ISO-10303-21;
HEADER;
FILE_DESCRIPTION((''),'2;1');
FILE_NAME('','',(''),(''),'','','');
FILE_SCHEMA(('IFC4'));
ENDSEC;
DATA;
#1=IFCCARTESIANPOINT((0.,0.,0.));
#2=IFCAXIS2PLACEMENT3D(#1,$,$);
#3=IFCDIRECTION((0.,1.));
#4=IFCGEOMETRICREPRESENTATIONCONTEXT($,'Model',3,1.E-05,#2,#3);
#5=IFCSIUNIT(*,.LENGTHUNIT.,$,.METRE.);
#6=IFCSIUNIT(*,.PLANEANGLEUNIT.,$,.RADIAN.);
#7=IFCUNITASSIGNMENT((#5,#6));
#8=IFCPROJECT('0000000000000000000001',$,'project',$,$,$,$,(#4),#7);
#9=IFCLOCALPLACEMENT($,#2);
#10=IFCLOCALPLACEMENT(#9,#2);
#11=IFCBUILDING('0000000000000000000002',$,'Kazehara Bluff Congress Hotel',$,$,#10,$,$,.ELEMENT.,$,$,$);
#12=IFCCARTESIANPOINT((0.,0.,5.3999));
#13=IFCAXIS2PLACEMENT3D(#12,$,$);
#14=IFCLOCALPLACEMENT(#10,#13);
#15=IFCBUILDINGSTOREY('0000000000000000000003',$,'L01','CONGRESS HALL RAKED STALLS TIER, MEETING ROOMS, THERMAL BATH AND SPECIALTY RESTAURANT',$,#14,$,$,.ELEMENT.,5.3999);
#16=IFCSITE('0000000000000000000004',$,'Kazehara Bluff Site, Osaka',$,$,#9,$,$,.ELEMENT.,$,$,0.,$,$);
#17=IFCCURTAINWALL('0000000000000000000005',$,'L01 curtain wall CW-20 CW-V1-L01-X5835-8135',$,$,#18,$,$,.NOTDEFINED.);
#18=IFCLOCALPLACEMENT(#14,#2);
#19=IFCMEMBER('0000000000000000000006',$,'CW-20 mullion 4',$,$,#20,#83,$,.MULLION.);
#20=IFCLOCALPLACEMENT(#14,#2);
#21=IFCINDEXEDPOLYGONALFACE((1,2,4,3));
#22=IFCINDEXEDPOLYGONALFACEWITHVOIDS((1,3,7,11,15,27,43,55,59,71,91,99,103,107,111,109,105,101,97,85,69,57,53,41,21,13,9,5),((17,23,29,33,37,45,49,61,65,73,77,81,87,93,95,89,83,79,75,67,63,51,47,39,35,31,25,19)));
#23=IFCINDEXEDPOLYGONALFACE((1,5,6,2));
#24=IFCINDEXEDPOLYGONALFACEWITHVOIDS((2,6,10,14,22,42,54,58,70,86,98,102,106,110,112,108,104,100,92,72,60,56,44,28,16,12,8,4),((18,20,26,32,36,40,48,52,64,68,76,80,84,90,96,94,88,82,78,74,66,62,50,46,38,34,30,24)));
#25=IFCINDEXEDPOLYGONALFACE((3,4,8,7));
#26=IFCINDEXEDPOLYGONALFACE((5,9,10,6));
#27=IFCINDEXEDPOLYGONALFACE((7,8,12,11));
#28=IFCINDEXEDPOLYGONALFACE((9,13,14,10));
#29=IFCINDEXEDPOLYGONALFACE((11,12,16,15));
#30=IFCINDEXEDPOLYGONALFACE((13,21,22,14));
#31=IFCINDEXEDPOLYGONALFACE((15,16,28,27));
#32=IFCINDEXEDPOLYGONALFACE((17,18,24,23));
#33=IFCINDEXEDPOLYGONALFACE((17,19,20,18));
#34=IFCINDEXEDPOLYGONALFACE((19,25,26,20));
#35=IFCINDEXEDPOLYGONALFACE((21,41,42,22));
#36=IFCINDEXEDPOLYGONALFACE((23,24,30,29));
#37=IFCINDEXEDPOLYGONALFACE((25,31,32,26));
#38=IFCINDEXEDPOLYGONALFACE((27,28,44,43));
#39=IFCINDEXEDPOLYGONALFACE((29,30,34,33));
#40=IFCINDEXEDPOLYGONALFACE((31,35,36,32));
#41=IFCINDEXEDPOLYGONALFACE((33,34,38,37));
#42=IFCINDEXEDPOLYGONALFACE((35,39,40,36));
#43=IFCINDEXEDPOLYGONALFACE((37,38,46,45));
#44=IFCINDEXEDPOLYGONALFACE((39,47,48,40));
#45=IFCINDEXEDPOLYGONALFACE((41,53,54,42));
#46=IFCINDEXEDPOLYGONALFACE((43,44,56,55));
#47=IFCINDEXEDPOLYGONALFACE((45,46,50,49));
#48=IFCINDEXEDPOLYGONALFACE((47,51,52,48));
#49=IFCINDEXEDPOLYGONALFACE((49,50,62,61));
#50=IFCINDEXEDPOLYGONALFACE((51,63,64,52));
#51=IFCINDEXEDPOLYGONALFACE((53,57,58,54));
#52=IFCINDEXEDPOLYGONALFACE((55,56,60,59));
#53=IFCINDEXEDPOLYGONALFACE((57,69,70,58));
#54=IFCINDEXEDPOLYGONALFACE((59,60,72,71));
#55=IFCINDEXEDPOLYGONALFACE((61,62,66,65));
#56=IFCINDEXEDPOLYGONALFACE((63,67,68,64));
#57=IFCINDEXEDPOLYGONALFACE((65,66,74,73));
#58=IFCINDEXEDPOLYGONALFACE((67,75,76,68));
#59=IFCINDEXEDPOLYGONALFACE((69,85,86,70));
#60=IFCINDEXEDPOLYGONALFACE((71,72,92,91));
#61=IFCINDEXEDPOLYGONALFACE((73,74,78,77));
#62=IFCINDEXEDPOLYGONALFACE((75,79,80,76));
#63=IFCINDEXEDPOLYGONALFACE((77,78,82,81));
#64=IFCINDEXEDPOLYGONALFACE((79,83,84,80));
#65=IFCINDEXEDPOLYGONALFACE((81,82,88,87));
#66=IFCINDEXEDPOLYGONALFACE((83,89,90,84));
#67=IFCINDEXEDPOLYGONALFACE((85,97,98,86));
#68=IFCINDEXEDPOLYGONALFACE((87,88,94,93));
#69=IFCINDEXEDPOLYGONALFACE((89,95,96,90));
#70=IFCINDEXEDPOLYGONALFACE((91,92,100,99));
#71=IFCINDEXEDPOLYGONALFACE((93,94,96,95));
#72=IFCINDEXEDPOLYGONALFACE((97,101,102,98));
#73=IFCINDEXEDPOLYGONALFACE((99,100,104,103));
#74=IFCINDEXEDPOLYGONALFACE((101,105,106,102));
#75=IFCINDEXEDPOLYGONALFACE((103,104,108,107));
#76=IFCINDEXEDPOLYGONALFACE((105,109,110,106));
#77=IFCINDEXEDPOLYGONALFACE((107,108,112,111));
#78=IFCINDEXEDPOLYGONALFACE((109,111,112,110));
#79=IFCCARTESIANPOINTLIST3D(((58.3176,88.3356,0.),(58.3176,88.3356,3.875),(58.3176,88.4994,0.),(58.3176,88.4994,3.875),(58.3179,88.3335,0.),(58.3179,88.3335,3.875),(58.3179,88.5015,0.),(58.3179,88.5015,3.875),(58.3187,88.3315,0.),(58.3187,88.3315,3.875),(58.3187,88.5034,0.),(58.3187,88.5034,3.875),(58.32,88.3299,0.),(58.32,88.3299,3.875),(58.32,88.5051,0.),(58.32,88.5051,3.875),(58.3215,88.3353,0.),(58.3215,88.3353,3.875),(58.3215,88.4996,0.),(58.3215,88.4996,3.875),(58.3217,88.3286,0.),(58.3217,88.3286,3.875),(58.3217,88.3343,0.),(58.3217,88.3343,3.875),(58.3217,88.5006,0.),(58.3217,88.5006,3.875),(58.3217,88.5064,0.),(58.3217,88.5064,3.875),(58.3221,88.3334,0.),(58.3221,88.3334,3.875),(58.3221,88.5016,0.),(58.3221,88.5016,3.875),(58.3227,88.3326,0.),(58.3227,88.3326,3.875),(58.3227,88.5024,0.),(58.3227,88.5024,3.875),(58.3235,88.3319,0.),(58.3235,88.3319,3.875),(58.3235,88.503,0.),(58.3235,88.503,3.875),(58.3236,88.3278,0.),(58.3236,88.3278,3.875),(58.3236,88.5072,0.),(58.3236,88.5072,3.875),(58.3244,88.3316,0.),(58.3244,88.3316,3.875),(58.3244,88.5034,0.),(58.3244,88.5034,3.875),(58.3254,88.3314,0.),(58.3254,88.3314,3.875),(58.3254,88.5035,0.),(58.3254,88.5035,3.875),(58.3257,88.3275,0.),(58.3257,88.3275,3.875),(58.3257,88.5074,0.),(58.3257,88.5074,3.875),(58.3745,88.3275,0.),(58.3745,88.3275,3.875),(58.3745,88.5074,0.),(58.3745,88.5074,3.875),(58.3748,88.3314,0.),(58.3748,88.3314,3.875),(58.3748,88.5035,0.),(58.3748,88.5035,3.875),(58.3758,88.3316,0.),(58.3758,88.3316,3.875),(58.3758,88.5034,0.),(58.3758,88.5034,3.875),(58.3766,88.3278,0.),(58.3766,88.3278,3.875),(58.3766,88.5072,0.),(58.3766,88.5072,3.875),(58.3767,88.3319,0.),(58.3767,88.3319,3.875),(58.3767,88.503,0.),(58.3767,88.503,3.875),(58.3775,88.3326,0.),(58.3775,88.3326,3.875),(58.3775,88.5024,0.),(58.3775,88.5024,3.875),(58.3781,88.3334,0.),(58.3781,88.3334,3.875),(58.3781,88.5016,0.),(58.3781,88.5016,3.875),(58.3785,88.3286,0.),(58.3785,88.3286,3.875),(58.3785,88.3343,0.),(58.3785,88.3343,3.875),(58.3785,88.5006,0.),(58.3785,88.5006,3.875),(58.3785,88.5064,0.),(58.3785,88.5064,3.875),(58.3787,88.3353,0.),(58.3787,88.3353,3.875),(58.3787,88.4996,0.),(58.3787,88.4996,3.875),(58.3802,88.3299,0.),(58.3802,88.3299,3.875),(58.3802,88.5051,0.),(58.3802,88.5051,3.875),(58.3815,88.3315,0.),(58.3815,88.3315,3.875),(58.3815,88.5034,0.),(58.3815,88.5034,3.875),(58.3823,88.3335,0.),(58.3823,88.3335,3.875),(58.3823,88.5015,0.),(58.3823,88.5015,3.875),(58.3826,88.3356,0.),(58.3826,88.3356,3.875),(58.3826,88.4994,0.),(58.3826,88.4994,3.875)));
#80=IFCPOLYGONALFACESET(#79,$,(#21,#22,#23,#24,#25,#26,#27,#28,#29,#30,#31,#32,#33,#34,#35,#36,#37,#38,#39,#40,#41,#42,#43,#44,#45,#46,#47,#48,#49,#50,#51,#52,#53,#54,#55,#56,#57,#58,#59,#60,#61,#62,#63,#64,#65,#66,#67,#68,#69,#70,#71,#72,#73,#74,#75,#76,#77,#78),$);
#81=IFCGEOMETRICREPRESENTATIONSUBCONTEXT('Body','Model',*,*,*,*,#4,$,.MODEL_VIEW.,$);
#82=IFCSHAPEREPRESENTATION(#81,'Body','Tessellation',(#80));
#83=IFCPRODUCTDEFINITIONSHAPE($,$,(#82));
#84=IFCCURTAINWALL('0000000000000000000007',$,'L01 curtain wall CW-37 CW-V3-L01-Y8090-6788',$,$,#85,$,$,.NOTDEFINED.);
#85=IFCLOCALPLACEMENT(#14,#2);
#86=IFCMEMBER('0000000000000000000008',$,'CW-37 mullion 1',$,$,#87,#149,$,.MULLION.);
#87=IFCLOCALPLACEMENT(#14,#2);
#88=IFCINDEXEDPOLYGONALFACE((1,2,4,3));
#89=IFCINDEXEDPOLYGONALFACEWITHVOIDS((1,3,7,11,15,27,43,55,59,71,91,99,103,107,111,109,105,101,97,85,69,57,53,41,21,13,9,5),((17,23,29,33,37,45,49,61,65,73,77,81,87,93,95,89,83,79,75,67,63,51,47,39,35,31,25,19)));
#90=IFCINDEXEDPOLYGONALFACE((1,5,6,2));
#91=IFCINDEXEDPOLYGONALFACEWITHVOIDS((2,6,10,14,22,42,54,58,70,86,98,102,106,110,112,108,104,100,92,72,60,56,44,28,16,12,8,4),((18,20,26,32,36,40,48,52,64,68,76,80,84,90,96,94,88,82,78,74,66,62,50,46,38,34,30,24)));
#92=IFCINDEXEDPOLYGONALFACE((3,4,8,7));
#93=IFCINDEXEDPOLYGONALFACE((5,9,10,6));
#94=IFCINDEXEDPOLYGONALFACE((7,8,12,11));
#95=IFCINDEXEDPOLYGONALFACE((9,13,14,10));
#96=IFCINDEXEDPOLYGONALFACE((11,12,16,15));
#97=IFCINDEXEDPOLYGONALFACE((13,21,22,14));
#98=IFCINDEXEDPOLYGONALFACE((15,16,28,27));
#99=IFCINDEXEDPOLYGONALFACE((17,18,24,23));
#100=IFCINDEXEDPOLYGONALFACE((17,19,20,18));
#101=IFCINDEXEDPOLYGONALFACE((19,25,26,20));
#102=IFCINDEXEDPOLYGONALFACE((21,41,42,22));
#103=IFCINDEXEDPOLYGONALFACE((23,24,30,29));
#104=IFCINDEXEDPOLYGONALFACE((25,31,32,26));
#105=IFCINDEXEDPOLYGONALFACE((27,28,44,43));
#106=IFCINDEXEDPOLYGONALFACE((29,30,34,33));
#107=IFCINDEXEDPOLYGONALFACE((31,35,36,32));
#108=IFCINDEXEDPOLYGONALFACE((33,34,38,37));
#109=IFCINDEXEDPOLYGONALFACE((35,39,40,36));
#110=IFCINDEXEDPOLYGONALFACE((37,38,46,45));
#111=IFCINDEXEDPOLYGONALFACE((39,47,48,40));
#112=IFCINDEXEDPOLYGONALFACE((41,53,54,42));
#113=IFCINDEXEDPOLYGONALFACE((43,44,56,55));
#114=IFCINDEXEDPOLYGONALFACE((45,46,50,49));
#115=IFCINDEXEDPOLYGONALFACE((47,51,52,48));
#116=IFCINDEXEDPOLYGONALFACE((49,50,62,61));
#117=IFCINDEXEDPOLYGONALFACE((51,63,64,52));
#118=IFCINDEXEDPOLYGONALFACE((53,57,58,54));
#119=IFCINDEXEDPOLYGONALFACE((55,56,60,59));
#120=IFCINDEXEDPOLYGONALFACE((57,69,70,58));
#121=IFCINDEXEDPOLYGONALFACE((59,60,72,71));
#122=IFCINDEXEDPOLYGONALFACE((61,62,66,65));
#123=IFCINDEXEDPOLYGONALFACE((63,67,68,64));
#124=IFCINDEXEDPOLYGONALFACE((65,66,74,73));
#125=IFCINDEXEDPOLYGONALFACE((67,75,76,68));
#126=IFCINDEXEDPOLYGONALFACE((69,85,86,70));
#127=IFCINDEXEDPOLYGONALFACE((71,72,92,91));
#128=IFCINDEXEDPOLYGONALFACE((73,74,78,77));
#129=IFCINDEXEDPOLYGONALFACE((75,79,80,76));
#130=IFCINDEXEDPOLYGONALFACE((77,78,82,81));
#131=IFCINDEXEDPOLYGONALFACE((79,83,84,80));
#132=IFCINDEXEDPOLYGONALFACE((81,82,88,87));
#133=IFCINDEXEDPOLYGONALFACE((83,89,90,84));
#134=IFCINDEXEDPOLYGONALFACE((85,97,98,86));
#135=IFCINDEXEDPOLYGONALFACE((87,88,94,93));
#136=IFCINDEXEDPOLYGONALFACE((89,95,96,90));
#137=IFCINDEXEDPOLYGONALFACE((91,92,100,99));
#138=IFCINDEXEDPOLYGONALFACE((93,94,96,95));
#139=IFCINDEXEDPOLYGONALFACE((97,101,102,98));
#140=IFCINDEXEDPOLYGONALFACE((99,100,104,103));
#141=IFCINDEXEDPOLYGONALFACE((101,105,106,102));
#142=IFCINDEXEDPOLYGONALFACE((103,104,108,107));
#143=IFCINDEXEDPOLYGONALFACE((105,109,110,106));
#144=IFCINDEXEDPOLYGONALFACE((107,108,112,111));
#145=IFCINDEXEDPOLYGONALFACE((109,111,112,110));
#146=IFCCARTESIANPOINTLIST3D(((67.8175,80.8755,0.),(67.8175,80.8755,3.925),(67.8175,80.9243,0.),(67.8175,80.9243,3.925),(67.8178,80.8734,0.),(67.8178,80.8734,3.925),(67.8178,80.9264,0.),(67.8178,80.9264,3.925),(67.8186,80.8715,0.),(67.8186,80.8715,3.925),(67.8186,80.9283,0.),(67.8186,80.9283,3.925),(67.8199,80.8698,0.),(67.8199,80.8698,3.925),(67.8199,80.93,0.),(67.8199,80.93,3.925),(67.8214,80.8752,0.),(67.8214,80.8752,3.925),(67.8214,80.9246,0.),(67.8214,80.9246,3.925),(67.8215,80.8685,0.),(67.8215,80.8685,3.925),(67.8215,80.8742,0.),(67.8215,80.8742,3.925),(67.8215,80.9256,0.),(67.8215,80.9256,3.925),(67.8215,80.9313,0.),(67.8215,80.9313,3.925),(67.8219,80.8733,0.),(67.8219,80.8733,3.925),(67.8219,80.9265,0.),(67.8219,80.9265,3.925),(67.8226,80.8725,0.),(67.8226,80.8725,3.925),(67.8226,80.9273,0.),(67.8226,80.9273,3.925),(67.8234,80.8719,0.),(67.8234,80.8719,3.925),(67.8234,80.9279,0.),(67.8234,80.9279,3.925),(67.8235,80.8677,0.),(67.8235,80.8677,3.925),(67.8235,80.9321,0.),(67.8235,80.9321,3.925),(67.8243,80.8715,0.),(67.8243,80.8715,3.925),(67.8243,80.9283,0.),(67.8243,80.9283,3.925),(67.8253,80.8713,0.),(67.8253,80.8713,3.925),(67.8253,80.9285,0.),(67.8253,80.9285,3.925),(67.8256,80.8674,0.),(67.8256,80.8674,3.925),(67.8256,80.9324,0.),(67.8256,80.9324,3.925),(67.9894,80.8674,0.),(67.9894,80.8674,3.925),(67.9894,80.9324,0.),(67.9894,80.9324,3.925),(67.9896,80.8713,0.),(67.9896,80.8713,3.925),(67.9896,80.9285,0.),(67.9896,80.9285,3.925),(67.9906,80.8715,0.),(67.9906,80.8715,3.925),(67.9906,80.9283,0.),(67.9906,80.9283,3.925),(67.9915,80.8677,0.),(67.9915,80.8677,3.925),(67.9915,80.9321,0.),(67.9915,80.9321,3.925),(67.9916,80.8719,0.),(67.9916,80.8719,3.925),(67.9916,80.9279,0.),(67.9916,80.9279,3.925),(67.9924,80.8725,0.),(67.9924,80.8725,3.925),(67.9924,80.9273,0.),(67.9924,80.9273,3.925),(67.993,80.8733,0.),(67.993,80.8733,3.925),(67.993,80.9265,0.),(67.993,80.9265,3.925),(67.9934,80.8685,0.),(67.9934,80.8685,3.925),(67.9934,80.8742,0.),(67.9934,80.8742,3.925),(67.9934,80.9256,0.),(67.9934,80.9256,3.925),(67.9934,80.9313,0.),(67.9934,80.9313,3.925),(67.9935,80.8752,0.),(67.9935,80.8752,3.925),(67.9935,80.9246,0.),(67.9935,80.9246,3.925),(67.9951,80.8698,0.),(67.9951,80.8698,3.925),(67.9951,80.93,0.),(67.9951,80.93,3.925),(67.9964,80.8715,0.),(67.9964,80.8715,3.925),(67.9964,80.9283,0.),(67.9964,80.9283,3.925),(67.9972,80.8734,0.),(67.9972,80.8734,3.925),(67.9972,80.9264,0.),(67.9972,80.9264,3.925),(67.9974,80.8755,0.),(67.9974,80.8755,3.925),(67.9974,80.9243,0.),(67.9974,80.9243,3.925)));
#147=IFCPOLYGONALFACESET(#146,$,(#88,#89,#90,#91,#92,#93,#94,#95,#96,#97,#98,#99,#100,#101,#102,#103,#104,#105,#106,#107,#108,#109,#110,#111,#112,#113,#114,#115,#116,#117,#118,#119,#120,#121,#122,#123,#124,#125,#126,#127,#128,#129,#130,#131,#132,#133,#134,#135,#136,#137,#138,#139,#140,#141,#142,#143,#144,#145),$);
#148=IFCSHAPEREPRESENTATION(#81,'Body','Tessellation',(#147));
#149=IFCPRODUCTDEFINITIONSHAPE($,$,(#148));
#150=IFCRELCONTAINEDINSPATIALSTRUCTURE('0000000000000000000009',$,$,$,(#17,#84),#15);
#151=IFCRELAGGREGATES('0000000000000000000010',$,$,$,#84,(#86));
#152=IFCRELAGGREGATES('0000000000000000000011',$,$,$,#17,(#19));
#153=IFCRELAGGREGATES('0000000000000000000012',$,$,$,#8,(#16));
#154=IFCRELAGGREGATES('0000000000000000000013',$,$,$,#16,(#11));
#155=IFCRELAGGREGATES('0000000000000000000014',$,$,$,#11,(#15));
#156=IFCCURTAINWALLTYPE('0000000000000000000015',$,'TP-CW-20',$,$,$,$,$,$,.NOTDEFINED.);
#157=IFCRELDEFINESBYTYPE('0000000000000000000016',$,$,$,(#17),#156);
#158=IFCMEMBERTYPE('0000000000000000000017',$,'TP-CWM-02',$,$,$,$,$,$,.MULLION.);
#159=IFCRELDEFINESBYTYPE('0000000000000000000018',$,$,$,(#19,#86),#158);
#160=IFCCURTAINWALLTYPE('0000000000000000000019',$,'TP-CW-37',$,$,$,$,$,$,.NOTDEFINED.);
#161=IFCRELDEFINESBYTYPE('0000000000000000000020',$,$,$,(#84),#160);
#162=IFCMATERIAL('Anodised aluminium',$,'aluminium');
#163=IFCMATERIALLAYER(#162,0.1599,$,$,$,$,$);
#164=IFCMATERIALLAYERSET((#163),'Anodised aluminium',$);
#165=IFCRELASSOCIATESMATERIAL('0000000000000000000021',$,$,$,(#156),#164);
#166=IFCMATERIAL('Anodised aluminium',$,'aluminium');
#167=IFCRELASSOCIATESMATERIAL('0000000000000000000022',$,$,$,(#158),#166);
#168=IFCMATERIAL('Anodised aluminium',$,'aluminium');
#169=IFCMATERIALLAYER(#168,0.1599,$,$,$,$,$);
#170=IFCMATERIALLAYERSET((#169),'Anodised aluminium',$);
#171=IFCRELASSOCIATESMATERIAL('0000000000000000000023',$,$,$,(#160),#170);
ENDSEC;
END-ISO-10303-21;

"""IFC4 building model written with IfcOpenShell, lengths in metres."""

from ifc_helpers import new_model, si_unit, direction, frame, origin, origin_2d, place, context, subcontext, project, spatial, hollow_rectangle, extrude, material, layer, layer_set, material_profile, profile_set, type_object, element, aggregate, save


model = new_model("IFC4")

# Units and contexts
model_context = context("Model", 3, precision=1e-05, world=origin(), true_north=direction((0.0, 1.0)))
body_context = subcontext(model_context, "Body", "Model", "MODEL_VIEW")
ifc_project = project(units=[si_unit("LENGTHUNIT", "METRE"), si_unit("PLANEANGLEUNIT", "RADIAN")], contexts=[model_context])

# Site, building, storey
site_placement = place(None, origin())
site = spatial("IfcSite", under=ifc_project, at=site_placement, Name="Kazehara Bluff Site, Osaka", CompositionType="ELEMENT", RefElevation=0.0)
building_placement = place(site_placement, origin())
building = spatial("IfcBuilding", under=site, at=building_placement, Name="Kazehara Bluff Congress Hotel", CompositionType="ELEMENT")
storey_placement = place(building_placement, frame((0.0, 0.0, 5.3999)))
storey = spatial("IfcBuildingStorey", under=building, at=storey_placement, Name="L01", Description="CONGRESS HALL RAKED STALLS TIER, MEETING ROOMS, THERMAL BATH AND SPECIALTY RESTAURANT", CompositionType="ELEMENT", Elevation=5.3999)

# Curtain wall, member
ifc_material_1 = material(Name="Anodised aluminium", Category="aluminium")
ifc_layer_1 = layer(ifc_material_1, 0.1599)
ifc_layer_set_1 = layer_set([ifc_layer_1], Name="Anodised aluminium")
curtain_wall_type_1 = type_object("IfcCurtainWallType", Name="TP-CW-20", PredefinedType="NOTDEFINED", material=ifc_layer_set_1)
curtain_wall_1_placement = place(storey_placement, origin())
curtain_wall_1 = element("IfcCurtainWall", 1, at=curtain_wall_1_placement, inside=storey, type_object=curtain_wall_type_1, Name="L01 curtain wall CW-20 CW-V1-L01-X5835-8135", PredefinedType="NOTDEFINED")
ifc_material_2 = material(Name="Anodised aluminium", Category="aluminium")
ifc_material_profile_1 = material_profile(ifc_material_2, hollow_rectangle(XDim=0.0649, YDim=0.1799, WallThickness=0.0039, InnerFilletRadius=0.0039, OuterFilletRadius=0.0081, at=origin_2d()))
ifc_profile_set_1 = profile_set([ifc_material_profile_1], Name="Anodised aluminium")
member_type_1 = type_object("IfcMemberType", Name="TP-CWM-02", PredefinedType="MULLION", material=ifc_profile_set_1)
member_1_placement = place(storey_placement, frame((58.3501, 88.4175, 0.0), z_axis=(0.0, 0.0, 1.0), x_axis=(-1.0, 0.0, 0.0)))
member_1 = element("IfcMember", 2, at=member_1_placement, type_object=member_type_1, Name="CW-20 mullion 4", PredefinedType="MULLION", context=body_context, shape_type="SweptSolid", body=[
    extrude(hollow_rectangle(XDim=0.0649, YDim=0.1799, WallThickness=0.0039, InnerFilletRadius=0.0039, OuterFilletRadius=0.0081, at=origin_2d()), origin(), (0.0, 0.0, 1.0), 3.875),
])

# Curtain wall, member
ifc_material_3 = material(Name="Anodised aluminium", Category="aluminium")
ifc_layer_2 = layer(ifc_material_3, 0.1599)
ifc_layer_set_2 = layer_set([ifc_layer_2], Name="Anodised aluminium")
curtain_wall_type_2 = type_object("IfcCurtainWallType", Name="TP-CW-37", PredefinedType="NOTDEFINED", material=ifc_layer_set_2)
curtain_wall_2_placement = place(storey_placement, origin())
curtain_wall_2 = element("IfcCurtainWall", 3, at=curtain_wall_2_placement, inside=storey, type_object=curtain_wall_type_2, Name="L01 curtain wall CW-37 CW-V3-L01-Y8090-6788", PredefinedType="NOTDEFINED")
member_2_placement = place(storey_placement, frame((67.9075, 80.8999, 0.0), z_axis=(0.0, 0.0, 1.0), x_axis=(0.0, 1.0, 0.0)))
member_2 = element("IfcMember", 4, at=member_2_placement, type_object=member_type_1, Name="CW-37 mullion 1", PredefinedType="MULLION", context=body_context, shape_type="SweptSolid", body=[
    extrude(hollow_rectangle(XDim=0.0649, YDim=0.1799, WallThickness=0.0039, InnerFilletRadius=0.0039, OuterFilletRadius=0.0081, at=origin_2d()), origin(), (0.0, 0.0, 1.0), 3.925),
])
aggregate(curtain_wall_2, [member_2])

aggregate(curtain_wall_1, [member_1])

save(model, "model.ifc")
